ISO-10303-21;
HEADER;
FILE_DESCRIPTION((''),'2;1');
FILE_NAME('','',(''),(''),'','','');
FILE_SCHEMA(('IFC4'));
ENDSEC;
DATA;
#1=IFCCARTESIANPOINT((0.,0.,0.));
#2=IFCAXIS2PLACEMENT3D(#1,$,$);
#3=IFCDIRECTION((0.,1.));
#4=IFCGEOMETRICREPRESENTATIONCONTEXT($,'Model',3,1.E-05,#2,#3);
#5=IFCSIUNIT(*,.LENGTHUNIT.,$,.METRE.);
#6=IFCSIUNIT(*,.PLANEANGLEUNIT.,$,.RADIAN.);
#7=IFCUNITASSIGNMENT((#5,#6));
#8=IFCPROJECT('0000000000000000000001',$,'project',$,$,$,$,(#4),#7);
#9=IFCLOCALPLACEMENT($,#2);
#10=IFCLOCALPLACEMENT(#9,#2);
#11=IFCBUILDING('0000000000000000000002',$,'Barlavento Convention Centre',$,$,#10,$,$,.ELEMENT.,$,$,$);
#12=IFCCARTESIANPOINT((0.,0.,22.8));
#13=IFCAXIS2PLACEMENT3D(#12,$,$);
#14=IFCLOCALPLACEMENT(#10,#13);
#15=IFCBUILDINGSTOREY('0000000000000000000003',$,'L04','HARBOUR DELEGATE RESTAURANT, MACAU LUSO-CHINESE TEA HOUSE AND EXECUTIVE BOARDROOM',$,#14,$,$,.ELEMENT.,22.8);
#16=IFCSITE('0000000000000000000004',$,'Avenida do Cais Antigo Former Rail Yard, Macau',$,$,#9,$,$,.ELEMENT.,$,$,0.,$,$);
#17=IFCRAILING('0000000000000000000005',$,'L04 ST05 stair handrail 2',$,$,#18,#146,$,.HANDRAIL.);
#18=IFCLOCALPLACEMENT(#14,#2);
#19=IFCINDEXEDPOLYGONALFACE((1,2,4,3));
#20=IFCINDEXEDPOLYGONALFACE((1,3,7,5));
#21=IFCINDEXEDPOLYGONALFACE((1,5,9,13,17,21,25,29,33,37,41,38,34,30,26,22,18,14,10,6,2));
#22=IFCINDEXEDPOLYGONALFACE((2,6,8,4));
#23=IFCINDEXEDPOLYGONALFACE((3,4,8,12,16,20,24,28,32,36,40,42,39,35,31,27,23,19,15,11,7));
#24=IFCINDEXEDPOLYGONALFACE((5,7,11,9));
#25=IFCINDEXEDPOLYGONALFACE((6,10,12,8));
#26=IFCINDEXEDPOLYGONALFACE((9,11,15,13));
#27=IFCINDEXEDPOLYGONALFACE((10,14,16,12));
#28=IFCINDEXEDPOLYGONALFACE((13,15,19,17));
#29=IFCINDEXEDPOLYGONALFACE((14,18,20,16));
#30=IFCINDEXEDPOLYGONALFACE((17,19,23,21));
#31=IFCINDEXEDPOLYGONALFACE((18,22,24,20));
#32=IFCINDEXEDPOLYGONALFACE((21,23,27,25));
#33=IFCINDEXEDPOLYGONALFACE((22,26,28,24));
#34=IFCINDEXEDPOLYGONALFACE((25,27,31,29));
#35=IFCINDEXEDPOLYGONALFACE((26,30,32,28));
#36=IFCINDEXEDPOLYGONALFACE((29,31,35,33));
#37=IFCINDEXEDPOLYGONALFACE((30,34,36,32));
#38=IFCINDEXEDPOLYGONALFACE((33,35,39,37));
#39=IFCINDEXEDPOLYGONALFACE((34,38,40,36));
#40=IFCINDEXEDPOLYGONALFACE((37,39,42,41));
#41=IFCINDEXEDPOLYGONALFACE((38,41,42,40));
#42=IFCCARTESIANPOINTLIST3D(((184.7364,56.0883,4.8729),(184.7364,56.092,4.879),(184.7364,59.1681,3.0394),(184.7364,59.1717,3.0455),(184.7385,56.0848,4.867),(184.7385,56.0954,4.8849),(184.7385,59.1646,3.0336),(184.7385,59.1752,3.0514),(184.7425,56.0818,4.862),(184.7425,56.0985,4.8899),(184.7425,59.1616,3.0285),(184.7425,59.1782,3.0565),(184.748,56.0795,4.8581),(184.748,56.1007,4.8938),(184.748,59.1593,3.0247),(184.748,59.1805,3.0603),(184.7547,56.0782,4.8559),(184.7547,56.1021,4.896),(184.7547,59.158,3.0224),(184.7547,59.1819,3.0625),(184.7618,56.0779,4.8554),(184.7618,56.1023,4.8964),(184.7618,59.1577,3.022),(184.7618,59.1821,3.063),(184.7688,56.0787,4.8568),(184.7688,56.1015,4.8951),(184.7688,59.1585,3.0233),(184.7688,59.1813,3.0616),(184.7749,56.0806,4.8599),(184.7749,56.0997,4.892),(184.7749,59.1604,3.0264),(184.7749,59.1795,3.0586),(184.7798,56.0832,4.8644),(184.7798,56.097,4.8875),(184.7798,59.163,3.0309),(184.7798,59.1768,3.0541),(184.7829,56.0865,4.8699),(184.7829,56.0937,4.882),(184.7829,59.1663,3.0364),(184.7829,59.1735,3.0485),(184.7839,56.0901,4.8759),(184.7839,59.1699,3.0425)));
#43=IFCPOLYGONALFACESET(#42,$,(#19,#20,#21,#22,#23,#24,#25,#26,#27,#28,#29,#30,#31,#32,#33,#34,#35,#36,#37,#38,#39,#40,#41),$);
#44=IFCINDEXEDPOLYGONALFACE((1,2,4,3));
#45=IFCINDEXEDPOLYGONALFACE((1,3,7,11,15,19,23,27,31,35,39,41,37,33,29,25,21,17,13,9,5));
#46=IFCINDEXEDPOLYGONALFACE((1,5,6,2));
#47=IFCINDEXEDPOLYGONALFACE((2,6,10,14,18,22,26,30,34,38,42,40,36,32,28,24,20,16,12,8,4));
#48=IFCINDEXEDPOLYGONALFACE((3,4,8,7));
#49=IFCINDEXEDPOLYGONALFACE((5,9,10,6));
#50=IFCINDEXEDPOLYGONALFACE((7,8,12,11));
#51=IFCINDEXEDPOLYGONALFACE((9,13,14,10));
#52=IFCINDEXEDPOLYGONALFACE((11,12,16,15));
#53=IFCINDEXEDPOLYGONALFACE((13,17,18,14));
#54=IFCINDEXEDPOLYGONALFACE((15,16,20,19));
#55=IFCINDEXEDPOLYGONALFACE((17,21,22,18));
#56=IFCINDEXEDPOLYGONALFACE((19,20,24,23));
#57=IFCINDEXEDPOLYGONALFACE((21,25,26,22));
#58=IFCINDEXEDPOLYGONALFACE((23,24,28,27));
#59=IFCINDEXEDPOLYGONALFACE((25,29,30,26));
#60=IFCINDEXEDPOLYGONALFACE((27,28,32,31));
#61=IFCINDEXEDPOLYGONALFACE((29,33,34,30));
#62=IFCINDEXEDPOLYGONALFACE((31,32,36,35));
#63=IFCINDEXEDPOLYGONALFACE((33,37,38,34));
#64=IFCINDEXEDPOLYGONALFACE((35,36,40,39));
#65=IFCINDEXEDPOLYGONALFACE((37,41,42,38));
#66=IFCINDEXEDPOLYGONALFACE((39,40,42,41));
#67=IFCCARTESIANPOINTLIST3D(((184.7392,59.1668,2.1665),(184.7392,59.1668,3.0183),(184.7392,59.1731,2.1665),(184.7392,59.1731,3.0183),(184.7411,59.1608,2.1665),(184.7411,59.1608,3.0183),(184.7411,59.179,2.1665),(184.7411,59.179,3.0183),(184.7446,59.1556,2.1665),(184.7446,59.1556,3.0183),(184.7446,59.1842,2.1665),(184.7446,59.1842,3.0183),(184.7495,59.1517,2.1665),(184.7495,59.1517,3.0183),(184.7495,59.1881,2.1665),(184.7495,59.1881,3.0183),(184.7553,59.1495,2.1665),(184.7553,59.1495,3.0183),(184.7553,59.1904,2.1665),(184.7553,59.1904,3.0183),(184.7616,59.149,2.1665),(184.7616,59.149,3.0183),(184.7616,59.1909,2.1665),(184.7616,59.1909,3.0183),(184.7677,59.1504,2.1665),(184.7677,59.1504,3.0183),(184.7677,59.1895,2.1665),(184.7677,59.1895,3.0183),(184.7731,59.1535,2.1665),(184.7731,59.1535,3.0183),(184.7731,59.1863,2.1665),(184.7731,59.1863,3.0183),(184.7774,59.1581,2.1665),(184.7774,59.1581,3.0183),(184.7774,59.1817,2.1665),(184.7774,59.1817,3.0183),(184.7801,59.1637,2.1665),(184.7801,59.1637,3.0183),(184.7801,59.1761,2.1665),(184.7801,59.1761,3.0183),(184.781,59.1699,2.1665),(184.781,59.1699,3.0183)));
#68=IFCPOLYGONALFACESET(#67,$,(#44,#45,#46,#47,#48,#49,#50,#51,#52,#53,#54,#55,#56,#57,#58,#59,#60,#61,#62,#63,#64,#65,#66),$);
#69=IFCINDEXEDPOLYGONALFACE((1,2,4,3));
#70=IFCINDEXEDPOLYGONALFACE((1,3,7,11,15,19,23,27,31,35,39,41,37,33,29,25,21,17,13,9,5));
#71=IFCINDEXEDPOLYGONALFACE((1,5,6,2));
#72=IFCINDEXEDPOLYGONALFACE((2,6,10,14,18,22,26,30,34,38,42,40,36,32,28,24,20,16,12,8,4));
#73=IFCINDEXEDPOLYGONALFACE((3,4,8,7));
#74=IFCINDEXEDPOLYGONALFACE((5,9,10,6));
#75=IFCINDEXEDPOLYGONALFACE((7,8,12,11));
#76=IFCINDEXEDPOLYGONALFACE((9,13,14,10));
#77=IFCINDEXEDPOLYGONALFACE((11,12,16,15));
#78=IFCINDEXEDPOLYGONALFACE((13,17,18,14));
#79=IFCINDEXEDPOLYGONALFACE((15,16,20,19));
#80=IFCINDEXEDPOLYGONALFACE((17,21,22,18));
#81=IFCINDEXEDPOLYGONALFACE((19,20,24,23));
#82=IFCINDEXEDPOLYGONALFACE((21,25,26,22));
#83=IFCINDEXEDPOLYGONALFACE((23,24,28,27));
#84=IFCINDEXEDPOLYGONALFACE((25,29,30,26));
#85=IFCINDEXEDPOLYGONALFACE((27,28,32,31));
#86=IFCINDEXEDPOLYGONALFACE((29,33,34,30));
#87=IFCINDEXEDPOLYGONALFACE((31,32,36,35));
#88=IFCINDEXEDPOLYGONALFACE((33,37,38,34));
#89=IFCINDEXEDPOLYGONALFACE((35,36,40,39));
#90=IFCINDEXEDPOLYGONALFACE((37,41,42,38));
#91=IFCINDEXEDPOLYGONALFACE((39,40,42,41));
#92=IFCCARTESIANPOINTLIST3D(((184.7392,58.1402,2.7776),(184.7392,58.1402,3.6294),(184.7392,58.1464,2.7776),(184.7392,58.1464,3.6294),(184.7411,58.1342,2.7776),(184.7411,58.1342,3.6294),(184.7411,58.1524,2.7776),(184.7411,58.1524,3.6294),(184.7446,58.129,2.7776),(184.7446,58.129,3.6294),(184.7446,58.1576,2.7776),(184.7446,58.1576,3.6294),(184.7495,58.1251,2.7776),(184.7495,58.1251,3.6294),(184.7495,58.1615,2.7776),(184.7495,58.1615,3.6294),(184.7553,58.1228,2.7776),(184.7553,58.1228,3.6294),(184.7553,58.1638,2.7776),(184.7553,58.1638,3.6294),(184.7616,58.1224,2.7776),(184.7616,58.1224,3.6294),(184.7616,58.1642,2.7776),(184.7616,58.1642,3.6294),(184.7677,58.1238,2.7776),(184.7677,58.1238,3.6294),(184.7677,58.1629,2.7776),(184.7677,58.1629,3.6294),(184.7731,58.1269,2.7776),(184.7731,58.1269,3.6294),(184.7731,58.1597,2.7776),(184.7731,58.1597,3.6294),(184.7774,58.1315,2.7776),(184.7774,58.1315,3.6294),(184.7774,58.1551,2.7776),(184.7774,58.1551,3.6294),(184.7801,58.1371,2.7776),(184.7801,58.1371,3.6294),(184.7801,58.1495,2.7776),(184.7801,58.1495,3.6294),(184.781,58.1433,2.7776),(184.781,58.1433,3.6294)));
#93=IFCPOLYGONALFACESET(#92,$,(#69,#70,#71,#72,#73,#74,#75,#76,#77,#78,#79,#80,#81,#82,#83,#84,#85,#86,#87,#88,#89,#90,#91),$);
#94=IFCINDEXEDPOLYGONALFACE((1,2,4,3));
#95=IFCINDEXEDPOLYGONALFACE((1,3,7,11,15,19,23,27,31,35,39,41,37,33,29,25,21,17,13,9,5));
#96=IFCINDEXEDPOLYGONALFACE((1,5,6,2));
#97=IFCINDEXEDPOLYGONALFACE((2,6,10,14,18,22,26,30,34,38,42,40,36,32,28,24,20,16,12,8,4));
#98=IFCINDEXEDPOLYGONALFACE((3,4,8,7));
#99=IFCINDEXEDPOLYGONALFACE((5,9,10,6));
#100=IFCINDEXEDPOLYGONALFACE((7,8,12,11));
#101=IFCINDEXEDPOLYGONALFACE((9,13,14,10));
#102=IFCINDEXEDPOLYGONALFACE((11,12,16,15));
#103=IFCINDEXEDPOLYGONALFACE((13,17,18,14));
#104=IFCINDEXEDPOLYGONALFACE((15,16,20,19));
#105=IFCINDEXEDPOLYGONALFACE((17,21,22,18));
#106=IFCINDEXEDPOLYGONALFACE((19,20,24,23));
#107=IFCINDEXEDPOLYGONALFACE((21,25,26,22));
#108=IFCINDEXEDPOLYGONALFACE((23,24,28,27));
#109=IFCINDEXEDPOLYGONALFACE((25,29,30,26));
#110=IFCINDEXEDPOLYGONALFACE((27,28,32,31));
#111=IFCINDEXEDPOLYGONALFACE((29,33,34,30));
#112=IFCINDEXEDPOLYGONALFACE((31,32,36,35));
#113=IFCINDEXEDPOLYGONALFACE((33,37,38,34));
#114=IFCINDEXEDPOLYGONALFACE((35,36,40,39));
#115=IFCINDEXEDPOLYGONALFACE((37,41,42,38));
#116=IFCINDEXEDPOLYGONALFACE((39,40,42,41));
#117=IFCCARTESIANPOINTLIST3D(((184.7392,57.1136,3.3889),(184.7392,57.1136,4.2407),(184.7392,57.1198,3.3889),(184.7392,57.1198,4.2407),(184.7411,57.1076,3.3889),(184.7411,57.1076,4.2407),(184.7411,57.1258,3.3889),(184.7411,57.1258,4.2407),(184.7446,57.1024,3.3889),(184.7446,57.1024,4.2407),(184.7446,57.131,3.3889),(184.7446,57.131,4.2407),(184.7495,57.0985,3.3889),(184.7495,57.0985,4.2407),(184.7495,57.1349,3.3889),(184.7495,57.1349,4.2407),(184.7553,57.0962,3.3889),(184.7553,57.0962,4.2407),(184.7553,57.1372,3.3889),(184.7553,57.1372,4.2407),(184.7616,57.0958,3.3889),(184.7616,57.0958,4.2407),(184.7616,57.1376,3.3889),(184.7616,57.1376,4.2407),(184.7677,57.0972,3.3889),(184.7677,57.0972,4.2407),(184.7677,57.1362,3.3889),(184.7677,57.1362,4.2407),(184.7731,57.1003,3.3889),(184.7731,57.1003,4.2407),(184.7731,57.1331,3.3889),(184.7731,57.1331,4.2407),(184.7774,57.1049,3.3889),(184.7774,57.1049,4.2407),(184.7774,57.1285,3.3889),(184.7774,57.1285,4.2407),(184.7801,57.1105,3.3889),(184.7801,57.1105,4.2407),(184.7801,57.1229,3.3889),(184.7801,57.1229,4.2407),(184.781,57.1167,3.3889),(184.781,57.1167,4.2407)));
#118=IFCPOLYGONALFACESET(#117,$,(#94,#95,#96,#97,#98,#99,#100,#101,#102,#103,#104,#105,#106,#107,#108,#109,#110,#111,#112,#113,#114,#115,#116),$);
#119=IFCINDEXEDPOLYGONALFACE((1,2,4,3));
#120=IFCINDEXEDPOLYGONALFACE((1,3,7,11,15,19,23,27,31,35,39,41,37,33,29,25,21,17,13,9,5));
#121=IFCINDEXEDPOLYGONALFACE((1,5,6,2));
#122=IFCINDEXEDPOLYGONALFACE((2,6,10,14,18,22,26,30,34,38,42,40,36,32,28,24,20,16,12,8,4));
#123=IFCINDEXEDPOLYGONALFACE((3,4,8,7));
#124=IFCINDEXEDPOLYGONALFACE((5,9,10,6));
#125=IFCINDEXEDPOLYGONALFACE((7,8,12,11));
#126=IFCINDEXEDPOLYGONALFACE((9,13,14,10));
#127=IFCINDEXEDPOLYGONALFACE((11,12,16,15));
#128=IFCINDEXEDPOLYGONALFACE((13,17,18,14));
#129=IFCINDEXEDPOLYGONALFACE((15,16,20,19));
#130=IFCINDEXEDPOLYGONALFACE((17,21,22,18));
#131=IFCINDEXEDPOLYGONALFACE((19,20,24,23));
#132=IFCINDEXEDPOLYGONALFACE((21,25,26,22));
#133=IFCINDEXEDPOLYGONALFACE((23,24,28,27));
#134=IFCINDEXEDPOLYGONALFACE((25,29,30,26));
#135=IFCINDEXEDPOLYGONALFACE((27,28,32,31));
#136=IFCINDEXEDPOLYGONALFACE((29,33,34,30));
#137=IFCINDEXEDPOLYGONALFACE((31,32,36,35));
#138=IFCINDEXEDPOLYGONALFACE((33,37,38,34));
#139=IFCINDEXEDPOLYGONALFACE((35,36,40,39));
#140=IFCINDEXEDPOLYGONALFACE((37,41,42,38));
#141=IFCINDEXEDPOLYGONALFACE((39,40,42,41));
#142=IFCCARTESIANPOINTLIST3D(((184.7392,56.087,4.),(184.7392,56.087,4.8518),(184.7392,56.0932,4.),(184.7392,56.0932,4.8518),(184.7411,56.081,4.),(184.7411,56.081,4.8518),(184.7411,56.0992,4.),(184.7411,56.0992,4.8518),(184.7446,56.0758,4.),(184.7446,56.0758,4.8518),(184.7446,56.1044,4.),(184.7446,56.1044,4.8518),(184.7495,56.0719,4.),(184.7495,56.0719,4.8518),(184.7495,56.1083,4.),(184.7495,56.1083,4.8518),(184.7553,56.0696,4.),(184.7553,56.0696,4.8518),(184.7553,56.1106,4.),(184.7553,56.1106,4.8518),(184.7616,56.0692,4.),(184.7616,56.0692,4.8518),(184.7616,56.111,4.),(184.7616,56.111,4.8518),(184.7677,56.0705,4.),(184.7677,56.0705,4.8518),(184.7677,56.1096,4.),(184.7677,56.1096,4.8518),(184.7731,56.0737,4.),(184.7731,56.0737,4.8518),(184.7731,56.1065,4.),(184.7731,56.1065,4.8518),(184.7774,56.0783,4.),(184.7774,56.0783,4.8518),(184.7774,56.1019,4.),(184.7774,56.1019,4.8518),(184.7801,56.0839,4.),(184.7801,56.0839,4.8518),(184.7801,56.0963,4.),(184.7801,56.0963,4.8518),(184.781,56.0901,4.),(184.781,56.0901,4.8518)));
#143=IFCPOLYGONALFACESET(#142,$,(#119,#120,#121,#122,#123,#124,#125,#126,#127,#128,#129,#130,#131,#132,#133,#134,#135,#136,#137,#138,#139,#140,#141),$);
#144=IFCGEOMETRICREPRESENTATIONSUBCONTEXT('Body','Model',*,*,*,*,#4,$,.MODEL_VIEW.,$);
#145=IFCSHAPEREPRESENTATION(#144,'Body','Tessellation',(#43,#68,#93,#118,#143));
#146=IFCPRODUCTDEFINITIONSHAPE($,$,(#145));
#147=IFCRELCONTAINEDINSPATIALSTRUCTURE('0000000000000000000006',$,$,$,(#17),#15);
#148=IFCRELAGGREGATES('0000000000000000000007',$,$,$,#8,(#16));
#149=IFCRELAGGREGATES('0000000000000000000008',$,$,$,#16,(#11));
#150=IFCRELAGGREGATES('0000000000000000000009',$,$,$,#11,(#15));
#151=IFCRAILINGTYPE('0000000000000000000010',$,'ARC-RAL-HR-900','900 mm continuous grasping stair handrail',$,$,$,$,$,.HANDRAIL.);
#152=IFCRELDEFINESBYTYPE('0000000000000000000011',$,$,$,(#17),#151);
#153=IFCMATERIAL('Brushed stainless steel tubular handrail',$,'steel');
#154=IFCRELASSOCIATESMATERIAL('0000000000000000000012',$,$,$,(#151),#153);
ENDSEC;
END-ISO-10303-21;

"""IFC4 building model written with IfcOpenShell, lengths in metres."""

from ifc_helpers import new_model, si_unit, direction, frame, origin, origin_2d, place, context, subcontext, project, spatial, circle, extrude, material, type_object, element, save


model = new_model("IFC4")

# Units and contexts
model_context = context("Model", 3, precision=1e-05, world=origin(), true_north=direction((0.0, 1.0)))
body_context = subcontext(model_context, "Body", "Model", "MODEL_VIEW")
ifc_project = project(units=[si_unit("LENGTHUNIT", "METRE"), si_unit("PLANEANGLEUNIT", "RADIAN")], contexts=[model_context])

# Site, building, storey
site_placement = place(None, origin())
site = spatial("IfcSite", under=ifc_project, at=site_placement, Name="Avenida do Cais Antigo Former Rail Yard, Macau", CompositionType="ELEMENT", RefElevation=0.0)
building_placement = place(site_placement, origin())
building = spatial("IfcBuilding", under=site, at=building_placement, Name="Barlavento Convention Centre", CompositionType="ELEMENT")
storey_placement = place(building_placement, frame((0.0, 0.0, 22.8)))
storey = spatial("IfcBuildingStorey", under=building, at=storey_placement, Name="L04", Description="HARBOUR DELEGATE RESTAURANT, MACAU LUSO-CHINESE TEA HOUSE AND EXECUTIVE BOARDROOM", CompositionType="ELEMENT", Elevation=22.8)

# Railing
ifc_material_1 = material(Name="Brushed stainless steel tubular handrail", Category="steel")
railing_type_1 = type_object("IfcRailingType", Name="ARC-RAL-HR-900", Description="900 mm continuous grasping stair handrail", PredefinedType="HANDRAIL", material=ifc_material_1)
railing_1_placement = place(storey_placement, frame((184.76, 59.1699, 2.1665)))
element("IfcRailing", 1, at=railing_1_placement, inside=storey, type_object=railing_type_1, Name="L04 ST05 stair handrail 2", PredefinedType="HANDRAIL", context=body_context, shape_type="SweptSolid", body=[
    extrude(circle(Radius=0.0239, at=origin_2d()), frame((0.0, 0.0, 0.876), z_axis=(0.0, -0.859261, 0.511538), x_axis=(1.0, 0.0, 0.0)), (0.0, 0.0, 1.0), 3.5842),
    extrude(circle(Radius=0.021, at=origin_2d()), origin(), (0.0, 0.0, 1.0), 0.8518),
    extrude(circle(Radius=0.021, at=origin_2d()), frame((0.0, -1.0266, 0.6111)), (0.0, 0.0, 1.0), 0.8518),
    extrude(circle(Radius=0.021, at=origin_2d()), frame((0.0, -2.0532, 1.2224)), (0.0, 0.0, 1.0), 0.8518),
    extrude(circle(Radius=0.021, at=origin_2d()), frame((0.0, -3.0798, 1.8335)), (0.0, 0.0, 1.0), 0.8518),
])

save(model, "model.ifc")
